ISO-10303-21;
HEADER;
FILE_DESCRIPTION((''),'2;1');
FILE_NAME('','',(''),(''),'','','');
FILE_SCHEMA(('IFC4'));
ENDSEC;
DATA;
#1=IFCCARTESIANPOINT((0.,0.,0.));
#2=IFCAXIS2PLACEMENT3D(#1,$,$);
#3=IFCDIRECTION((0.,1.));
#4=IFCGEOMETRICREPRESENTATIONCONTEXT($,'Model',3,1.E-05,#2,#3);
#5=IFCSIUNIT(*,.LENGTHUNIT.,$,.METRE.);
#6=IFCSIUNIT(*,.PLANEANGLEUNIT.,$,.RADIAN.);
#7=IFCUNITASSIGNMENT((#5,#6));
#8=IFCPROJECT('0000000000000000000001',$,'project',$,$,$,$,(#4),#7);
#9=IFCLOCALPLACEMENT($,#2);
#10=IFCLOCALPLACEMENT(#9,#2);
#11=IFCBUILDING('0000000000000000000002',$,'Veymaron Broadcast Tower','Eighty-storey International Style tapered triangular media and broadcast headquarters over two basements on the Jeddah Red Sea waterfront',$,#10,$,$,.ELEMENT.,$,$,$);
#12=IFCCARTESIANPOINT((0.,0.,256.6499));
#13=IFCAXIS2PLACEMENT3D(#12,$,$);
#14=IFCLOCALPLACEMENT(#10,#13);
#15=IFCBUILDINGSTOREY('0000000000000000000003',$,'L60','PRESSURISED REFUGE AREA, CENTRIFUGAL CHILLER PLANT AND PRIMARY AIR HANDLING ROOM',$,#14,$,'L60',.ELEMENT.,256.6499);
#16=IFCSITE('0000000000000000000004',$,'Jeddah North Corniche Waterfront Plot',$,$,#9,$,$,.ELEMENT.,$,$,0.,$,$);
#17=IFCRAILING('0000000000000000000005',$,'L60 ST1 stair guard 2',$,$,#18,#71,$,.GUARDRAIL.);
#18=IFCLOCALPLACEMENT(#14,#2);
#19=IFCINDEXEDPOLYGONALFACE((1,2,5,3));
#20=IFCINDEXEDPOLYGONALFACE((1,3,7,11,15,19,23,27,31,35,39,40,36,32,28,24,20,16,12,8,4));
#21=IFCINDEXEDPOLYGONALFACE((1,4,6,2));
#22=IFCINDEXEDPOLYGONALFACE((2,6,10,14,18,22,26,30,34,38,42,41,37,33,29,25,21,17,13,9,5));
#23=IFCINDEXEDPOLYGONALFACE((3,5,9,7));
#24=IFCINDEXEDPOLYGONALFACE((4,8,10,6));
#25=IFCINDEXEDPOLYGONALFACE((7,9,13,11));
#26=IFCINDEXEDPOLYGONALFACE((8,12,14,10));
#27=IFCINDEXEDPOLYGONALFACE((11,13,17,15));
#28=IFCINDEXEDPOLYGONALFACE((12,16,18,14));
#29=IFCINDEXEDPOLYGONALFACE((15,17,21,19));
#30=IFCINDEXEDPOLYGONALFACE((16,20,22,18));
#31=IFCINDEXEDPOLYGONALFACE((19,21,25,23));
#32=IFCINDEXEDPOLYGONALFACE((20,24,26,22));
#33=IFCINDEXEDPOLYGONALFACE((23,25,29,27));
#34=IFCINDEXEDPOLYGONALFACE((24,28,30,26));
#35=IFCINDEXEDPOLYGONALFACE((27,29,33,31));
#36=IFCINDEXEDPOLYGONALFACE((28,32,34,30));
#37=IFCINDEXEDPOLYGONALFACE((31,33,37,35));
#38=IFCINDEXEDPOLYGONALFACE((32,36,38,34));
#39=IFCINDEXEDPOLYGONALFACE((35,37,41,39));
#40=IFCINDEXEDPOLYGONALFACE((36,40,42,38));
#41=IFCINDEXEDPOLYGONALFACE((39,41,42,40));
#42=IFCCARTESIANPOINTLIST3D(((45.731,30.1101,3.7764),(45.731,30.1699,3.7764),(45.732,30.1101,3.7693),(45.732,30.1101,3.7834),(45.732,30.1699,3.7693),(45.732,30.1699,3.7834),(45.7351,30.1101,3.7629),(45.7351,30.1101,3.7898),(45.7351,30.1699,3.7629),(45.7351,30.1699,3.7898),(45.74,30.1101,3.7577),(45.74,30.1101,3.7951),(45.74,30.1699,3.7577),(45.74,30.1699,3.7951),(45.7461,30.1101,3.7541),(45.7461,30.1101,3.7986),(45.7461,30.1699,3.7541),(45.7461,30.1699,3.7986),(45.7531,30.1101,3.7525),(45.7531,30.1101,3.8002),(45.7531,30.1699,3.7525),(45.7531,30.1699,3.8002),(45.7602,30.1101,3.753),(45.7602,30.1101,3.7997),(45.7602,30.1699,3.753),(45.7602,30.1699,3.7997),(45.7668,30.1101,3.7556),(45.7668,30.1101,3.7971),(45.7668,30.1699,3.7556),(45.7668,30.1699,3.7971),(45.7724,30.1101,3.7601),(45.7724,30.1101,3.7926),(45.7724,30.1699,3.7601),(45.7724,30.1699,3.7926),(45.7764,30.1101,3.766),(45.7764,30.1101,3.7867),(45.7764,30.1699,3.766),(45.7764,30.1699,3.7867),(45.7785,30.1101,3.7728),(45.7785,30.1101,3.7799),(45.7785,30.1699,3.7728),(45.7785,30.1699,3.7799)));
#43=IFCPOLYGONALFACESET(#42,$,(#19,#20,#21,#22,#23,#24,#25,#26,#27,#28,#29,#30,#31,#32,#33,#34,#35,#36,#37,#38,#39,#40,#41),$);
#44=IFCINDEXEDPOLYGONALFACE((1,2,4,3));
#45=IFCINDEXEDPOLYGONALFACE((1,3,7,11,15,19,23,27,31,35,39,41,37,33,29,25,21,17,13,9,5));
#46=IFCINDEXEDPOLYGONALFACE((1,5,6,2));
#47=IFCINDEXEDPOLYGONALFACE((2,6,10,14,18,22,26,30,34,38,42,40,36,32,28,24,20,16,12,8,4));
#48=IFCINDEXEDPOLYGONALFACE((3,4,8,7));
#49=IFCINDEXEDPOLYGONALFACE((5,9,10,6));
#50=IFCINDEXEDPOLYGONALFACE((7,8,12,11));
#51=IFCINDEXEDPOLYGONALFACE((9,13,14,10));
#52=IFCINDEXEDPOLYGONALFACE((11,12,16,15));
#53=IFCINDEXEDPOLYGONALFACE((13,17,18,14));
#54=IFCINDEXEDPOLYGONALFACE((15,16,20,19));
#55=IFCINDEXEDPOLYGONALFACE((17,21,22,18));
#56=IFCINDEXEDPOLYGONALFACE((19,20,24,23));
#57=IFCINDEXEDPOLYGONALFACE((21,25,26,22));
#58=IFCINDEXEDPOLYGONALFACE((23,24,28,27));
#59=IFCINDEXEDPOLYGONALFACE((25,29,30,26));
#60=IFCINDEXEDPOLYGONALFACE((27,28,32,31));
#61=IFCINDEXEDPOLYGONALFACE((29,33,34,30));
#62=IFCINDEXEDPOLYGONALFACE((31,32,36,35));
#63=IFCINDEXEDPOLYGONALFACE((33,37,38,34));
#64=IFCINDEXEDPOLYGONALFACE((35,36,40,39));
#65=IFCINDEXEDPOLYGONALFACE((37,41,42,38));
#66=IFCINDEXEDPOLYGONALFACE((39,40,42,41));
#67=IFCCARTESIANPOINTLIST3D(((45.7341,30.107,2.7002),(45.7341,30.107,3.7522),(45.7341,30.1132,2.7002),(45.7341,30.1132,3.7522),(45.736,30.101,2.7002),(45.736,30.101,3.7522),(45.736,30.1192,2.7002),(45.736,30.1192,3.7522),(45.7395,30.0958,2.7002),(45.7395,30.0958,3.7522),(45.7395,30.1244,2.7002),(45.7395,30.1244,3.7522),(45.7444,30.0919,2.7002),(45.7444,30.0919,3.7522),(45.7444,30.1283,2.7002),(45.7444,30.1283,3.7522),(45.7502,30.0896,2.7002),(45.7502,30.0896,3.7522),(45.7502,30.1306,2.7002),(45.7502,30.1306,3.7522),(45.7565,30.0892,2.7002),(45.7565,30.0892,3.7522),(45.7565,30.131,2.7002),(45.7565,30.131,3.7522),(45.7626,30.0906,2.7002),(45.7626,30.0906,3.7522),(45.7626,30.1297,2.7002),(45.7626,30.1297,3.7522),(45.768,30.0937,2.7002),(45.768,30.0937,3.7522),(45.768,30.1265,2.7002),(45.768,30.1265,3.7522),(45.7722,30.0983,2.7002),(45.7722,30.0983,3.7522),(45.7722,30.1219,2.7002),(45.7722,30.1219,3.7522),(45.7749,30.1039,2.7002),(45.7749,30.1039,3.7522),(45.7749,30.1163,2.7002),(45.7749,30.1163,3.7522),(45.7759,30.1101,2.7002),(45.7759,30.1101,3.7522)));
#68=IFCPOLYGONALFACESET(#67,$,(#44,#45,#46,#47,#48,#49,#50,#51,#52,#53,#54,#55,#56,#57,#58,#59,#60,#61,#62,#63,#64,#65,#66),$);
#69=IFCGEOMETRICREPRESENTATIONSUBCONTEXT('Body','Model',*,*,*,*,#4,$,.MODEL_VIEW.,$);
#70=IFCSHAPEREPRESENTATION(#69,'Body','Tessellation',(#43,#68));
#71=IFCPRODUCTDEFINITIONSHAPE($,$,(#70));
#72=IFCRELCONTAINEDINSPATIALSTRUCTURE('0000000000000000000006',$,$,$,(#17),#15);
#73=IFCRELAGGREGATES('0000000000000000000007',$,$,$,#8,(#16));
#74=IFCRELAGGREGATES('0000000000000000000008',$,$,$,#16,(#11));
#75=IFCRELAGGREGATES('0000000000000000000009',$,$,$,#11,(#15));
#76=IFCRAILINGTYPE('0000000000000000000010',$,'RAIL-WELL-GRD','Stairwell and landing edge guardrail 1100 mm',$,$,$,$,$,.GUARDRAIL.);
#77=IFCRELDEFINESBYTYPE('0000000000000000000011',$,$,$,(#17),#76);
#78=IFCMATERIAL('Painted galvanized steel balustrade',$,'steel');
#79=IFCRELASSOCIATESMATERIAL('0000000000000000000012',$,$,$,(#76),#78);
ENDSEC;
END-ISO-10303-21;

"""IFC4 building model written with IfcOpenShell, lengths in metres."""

from ifc_helpers import new_model, si_unit, direction, frame, origin, origin_2d, place, context, subcontext, project, spatial, circle, extrude, material, type_object, element, save


model = new_model("IFC4")

# Units and contexts
model_context = context("Model", 3, precision=1e-05, world=origin(), true_north=direction((0.0, 1.0)))
body_context = subcontext(model_context, "Body", "Model", "MODEL_VIEW")
ifc_project = project(units=[si_unit("LENGTHUNIT", "METRE"), si_unit("PLANEANGLEUNIT", "RADIAN")], contexts=[model_context])

# Site, building, storey
site_placement = place(None, origin())
site = spatial("IfcSite", under=ifc_project, at=site_placement, Name="Jeddah North Corniche Waterfront Plot", CompositionType="ELEMENT", RefElevation=0.0)
building_placement = place(site_placement, origin())
building = spatial("IfcBuilding", under=site, at=building_placement, Name="Veymaron Broadcast Tower", Description="Eighty-storey International Style tapered triangular media and broadcast headquarters over two basements on the Jeddah Red Sea waterfront", CompositionType="ELEMENT")
storey_placement = place(building_placement, frame((0.0, 0.0, 256.6499)))
storey = spatial("IfcBuildingStorey", under=building, at=storey_placement, Name="L60", Description="PRESSURISED REFUGE AREA, CENTRIFUGAL CHILLER PLANT AND PRIMARY AIR HANDLING ROOM", LongName="L60", CompositionType="ELEMENT", Elevation=256.6499)

# Railing
ifc_material_1 = material(Name="Painted galvanized steel balustrade", Category="steel")
railing_type_1 = type_object("IfcRailingType", Name="RAIL-WELL-GRD", Description="Stairwell and landing edge guardrail 1100 mm", PredefinedType="GUARDRAIL", material=ifc_material_1)
railing_1_placement = place(storey_placement, frame((45.7549, 30.1101, 2.7002)))
element("IfcRailing", 1, at=railing_1_placement, inside=storey, type_object=railing_type_1, Name="L60 ST1 stair guard 2", PredefinedType="GUARDRAIL", context=body_context, shape_type="SweptSolid", body=[
    extrude(circle(Radius=0.0239, at=origin_2d()), frame((0.0, 0.0, 1.0762), z_axis=(0.0, 1.0, 0.0), x_axis=(-1.0, 0.0, 0.0)), (0.0, 0.0, 1.0), 0.0598),
    extrude(circle(Radius=0.021, at=origin_2d()), origin(), (0.0, 0.0, 1.0), 1.052),
])

save(model, "model.ifc")
